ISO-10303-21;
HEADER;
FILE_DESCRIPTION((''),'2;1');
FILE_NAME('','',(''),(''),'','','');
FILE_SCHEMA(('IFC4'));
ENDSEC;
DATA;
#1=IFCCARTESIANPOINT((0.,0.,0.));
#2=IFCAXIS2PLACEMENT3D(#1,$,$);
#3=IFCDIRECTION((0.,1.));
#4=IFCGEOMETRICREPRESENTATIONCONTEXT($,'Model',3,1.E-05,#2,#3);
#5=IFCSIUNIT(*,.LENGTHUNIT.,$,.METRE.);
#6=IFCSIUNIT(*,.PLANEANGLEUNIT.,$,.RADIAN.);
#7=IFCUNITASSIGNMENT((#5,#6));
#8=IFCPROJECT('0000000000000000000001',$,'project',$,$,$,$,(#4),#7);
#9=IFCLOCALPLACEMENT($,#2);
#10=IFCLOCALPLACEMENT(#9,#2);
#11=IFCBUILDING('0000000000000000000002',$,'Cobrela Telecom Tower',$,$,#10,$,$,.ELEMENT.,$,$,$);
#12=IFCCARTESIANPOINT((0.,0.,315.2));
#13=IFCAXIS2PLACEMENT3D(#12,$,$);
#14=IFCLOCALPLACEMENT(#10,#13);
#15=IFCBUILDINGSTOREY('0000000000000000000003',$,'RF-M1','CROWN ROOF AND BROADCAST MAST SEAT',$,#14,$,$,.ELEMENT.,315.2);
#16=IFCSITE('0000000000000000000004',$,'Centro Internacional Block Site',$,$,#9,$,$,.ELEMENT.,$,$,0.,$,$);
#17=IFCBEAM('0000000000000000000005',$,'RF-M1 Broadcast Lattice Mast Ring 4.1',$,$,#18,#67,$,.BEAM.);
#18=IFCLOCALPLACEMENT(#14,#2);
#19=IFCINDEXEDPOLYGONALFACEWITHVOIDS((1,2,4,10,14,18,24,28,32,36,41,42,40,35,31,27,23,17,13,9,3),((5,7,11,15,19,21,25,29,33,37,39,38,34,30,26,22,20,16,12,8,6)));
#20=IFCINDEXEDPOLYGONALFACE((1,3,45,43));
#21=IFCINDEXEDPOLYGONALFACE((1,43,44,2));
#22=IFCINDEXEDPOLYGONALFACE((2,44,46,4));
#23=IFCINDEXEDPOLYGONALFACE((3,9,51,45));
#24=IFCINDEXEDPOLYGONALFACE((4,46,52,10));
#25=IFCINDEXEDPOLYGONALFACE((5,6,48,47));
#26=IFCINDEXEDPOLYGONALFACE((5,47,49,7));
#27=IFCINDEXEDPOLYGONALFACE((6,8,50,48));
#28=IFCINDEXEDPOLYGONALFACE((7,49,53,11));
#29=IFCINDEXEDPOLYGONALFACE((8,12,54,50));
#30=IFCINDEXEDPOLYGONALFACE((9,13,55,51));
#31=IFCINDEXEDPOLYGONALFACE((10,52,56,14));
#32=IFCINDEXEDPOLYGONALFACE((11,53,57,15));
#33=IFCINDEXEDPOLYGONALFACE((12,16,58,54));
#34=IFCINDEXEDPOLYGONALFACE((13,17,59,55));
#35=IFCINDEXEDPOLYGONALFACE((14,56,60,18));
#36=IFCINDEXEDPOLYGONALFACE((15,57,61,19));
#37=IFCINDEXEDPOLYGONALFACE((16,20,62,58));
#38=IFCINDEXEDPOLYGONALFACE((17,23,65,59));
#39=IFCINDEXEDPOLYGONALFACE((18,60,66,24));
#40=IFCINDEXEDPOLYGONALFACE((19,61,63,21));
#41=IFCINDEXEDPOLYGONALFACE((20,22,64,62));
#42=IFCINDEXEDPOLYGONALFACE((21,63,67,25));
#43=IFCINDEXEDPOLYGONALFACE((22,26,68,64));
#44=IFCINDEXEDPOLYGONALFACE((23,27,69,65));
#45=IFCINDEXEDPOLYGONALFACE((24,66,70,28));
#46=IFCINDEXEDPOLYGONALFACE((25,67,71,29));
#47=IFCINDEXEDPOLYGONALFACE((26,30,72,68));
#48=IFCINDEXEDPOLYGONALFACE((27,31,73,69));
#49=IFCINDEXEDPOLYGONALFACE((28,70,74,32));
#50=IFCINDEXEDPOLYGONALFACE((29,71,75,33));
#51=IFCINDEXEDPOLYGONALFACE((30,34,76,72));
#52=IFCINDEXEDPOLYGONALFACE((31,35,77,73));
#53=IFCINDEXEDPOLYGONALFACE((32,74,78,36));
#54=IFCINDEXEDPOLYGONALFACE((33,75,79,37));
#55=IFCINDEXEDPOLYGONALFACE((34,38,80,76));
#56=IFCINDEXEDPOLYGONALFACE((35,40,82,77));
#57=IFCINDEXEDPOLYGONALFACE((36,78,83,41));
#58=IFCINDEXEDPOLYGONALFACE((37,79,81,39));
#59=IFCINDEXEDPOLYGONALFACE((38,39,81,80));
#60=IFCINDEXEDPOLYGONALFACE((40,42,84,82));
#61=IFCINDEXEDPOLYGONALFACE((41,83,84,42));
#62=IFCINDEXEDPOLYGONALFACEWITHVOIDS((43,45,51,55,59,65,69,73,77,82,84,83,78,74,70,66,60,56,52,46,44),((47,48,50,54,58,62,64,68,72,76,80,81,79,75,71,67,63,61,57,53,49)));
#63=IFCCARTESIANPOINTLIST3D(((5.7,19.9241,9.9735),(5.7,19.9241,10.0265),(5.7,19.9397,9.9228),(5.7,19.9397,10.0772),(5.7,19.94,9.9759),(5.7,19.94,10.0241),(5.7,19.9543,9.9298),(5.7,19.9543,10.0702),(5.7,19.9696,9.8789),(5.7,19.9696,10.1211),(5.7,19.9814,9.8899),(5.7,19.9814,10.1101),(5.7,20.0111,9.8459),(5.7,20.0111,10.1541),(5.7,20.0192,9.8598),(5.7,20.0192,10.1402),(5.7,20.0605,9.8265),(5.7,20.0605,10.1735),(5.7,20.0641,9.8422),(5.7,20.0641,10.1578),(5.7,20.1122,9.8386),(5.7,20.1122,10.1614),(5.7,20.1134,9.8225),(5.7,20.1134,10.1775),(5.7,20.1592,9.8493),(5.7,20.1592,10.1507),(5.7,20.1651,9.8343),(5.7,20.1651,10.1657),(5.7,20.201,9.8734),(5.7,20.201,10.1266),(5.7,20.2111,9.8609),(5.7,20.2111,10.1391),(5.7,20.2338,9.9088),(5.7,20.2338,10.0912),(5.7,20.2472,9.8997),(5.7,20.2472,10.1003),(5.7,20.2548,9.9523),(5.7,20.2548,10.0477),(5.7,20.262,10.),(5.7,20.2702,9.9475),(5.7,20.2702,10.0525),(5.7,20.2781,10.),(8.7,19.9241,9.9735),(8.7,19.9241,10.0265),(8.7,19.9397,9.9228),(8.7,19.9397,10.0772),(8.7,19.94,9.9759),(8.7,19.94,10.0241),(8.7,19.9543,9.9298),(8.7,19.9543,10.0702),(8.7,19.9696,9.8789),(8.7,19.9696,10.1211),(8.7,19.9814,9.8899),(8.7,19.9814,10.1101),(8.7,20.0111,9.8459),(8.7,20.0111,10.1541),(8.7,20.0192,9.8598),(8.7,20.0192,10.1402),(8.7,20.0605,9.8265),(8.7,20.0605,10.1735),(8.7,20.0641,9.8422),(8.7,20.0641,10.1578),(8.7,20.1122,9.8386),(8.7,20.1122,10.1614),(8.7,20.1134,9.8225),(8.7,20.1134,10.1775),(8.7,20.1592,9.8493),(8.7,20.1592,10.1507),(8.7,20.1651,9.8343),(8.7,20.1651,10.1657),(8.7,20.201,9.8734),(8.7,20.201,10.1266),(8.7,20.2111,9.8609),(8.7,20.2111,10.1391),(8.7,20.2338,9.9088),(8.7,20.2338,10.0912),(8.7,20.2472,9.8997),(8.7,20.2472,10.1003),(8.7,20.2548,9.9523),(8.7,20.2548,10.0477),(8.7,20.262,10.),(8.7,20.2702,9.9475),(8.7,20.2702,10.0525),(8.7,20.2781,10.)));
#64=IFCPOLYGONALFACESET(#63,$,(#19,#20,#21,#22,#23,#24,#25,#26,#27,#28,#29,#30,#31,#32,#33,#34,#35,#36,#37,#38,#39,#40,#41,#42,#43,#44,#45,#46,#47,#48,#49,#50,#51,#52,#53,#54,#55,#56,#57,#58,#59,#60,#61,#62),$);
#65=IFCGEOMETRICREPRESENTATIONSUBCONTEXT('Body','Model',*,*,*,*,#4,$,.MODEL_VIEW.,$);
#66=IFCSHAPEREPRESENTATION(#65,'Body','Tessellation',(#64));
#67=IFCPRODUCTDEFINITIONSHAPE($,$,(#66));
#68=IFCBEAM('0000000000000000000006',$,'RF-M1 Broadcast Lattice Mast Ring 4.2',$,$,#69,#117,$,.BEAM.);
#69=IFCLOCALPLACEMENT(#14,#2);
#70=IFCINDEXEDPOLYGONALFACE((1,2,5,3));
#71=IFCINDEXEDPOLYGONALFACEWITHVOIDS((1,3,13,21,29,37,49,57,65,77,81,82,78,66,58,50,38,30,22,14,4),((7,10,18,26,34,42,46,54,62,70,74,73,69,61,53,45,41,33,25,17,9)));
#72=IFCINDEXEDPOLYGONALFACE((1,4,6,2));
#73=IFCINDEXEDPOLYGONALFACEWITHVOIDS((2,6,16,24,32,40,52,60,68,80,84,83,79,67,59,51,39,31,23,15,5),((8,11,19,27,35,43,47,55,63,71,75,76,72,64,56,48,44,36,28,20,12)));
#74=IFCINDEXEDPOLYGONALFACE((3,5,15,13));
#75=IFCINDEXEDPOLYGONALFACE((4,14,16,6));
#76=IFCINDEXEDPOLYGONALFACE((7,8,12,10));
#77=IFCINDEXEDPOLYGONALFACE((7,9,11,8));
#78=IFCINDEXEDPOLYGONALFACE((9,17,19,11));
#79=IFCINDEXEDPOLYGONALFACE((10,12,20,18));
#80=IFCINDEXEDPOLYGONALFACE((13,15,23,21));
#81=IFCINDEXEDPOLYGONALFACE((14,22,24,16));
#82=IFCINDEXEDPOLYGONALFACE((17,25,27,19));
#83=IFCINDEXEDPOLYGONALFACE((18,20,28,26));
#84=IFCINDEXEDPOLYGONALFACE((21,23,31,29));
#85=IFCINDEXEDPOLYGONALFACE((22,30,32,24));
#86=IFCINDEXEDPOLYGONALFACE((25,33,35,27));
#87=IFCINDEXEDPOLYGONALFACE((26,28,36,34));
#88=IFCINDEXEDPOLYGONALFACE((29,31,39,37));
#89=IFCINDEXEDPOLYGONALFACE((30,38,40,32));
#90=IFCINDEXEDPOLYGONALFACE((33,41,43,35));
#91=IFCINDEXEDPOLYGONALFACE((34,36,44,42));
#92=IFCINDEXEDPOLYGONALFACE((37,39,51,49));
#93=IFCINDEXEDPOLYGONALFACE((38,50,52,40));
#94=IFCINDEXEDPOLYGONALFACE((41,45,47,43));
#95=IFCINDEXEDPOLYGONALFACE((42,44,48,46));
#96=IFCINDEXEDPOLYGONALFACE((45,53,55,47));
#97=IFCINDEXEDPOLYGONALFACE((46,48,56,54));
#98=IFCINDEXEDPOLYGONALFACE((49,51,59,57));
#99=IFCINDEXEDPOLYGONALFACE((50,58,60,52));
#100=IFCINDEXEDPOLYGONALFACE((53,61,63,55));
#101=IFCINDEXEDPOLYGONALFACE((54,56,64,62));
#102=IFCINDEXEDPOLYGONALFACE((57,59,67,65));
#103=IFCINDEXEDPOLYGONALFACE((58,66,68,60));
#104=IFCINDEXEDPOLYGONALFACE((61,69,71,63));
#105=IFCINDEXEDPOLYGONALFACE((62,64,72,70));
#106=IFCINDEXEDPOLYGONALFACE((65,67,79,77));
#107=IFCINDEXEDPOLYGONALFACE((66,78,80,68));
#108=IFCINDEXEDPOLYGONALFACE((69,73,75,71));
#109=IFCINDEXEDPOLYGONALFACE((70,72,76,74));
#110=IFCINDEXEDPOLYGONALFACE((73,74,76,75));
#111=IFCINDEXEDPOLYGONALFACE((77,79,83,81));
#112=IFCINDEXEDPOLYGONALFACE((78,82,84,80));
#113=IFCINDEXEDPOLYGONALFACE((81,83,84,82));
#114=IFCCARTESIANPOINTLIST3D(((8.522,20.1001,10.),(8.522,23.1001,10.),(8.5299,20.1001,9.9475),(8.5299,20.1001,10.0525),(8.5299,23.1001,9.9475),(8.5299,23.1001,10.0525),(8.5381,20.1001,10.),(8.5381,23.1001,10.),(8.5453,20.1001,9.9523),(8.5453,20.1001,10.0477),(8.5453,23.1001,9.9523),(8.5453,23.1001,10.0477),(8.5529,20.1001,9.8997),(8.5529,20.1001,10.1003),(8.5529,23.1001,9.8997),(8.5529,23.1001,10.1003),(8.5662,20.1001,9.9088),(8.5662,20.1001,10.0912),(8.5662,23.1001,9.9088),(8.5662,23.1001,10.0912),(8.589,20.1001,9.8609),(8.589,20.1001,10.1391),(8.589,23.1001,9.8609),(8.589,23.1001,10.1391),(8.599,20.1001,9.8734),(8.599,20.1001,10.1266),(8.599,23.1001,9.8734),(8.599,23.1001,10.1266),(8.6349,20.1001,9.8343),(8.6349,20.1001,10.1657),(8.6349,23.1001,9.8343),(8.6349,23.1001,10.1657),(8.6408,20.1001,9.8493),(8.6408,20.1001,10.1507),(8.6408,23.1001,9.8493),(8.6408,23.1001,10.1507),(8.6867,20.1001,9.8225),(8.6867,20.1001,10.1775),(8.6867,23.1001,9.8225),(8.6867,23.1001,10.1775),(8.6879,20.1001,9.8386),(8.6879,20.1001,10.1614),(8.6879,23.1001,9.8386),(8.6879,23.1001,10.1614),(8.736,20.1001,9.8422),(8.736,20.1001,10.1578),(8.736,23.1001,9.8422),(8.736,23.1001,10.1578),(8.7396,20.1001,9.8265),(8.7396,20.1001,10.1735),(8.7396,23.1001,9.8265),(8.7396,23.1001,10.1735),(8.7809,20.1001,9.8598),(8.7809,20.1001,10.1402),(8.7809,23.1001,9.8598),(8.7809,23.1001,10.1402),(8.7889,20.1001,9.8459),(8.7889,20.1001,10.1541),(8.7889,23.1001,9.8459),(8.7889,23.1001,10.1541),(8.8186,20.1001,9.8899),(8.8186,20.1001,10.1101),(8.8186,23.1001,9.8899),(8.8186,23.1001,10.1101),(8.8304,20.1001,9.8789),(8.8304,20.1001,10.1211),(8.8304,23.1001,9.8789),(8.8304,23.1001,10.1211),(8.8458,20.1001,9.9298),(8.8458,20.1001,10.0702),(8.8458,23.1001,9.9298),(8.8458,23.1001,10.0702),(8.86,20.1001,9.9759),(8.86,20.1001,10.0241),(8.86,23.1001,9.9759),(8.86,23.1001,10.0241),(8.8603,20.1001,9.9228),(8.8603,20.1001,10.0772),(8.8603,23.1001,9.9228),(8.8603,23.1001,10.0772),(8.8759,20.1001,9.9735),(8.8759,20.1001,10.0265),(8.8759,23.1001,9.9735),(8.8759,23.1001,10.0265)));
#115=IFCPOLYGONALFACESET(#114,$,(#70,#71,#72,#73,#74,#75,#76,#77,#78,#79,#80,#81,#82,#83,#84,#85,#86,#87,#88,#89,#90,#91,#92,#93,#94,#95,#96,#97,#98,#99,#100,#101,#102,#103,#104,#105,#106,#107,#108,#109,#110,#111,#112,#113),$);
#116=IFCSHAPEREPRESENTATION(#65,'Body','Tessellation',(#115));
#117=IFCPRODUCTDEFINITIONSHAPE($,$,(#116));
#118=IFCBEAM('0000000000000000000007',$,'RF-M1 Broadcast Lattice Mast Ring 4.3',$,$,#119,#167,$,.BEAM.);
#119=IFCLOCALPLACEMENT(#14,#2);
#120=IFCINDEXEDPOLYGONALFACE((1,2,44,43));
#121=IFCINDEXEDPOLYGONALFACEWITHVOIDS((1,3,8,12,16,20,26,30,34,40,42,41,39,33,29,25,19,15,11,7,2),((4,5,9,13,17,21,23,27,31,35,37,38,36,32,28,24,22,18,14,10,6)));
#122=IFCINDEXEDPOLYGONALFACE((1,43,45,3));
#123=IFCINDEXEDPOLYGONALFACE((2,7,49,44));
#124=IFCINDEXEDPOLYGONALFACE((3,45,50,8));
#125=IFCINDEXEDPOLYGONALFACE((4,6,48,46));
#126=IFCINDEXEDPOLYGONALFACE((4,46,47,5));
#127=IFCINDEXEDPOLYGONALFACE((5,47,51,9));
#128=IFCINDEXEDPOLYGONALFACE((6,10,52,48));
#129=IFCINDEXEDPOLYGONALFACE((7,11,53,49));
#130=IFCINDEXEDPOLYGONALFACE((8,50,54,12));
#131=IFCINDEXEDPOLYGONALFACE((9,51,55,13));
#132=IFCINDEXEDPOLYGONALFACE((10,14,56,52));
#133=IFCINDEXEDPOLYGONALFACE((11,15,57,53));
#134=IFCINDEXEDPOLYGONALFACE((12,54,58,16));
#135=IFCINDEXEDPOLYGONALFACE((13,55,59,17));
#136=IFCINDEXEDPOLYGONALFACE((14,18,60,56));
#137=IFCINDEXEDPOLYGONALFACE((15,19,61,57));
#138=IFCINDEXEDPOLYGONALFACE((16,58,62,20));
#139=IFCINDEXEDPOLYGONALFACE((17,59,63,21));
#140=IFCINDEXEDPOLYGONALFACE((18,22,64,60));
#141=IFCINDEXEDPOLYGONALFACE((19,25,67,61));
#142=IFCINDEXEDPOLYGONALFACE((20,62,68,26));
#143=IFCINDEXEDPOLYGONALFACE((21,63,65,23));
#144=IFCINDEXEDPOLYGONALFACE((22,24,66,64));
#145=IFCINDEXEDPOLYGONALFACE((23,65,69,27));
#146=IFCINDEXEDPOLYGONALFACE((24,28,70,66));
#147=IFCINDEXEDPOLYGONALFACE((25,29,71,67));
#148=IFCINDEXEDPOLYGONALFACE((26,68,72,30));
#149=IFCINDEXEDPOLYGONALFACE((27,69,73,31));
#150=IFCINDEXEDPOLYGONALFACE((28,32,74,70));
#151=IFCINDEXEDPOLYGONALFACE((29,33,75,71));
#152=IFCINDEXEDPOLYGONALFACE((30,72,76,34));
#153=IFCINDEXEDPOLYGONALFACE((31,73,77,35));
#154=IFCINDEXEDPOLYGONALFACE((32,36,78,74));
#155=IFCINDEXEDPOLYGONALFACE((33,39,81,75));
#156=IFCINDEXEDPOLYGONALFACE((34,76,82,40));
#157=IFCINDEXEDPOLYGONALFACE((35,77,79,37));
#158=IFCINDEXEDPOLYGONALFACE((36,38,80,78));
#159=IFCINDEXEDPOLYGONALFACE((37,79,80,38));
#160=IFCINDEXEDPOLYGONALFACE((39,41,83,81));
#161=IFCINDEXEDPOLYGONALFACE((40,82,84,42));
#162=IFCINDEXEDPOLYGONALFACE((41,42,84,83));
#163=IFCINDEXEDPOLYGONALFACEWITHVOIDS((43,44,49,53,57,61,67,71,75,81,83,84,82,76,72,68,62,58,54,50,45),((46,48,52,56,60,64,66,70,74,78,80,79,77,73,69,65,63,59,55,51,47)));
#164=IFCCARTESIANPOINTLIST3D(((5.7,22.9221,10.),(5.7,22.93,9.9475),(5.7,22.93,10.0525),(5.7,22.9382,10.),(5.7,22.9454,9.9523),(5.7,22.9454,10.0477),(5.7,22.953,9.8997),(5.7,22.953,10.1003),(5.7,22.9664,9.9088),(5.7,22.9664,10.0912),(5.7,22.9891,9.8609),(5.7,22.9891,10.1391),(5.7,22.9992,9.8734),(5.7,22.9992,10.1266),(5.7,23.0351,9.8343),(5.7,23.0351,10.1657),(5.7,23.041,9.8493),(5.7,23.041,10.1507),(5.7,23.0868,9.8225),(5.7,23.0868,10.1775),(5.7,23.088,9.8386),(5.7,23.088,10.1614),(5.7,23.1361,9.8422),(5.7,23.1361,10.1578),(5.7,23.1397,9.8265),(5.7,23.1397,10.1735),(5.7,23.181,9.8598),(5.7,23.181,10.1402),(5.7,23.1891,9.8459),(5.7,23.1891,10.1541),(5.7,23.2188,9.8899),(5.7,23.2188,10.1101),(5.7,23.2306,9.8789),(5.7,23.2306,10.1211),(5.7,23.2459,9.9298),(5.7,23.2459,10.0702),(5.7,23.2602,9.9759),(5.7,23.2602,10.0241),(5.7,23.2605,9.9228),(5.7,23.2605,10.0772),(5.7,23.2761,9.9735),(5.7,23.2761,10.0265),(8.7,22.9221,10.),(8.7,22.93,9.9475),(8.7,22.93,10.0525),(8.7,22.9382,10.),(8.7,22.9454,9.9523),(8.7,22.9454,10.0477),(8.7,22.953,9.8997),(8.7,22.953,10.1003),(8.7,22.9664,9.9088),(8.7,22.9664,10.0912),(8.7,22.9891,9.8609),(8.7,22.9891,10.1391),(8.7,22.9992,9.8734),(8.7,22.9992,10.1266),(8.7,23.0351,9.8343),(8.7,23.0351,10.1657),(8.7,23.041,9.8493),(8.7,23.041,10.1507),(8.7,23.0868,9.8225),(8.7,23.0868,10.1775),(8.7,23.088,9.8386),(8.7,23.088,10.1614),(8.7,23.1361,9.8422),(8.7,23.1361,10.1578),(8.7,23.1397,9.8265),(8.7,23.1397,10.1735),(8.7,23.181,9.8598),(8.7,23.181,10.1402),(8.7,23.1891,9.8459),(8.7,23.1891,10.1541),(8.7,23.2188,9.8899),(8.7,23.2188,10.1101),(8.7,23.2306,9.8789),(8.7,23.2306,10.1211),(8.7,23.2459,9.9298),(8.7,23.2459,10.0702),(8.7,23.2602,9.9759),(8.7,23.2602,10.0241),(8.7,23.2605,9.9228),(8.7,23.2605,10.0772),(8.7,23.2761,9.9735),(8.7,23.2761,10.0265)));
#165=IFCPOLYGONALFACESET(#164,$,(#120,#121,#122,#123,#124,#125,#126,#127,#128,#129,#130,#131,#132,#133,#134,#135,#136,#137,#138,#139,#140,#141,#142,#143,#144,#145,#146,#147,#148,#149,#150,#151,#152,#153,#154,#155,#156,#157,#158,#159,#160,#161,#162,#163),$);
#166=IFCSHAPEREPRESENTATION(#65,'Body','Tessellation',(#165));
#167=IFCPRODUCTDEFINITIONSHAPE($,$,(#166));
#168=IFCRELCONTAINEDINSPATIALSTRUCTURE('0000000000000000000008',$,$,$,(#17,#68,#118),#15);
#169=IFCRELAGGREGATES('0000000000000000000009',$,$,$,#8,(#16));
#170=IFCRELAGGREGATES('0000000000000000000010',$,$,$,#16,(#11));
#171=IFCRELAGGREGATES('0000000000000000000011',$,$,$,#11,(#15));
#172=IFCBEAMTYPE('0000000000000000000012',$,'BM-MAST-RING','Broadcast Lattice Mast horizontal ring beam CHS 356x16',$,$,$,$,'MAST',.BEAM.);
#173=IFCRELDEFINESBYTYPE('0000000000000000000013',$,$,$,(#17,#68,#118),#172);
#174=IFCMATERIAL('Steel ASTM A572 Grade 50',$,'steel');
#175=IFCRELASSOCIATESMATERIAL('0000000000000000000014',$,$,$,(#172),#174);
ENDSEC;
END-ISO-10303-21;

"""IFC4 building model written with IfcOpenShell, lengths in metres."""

from ifc_helpers import new_model, si_unit, direction, frame, origin, origin_2d, place, context, subcontext, project, spatial, hollow_circle, extrude, material, material_profile, profile_set, type_object, element, save


model = new_model("IFC4")

# Units and contexts
model_context = context("Model", 3, precision=1e-05, world=origin(), true_north=direction((0.0, 1.0)))
body_context = subcontext(model_context, "Body", "Model", "MODEL_VIEW")
ifc_project = project(units=[si_unit("LENGTHUNIT", "METRE"), si_unit("PLANEANGLEUNIT", "RADIAN")], contexts=[model_context])

# Site, building, storey
site_placement = place(None, origin())
site = spatial("IfcSite", under=ifc_project, at=site_placement, Name="Centro Internacional Block Site", CompositionType="ELEMENT", RefElevation=0.0)
building_placement = place(site_placement, origin())
building = spatial("IfcBuilding", under=site, at=building_placement, Name="Cobrela Telecom Tower", CompositionType="ELEMENT")
storey_placement = place(building_placement, frame((0.0, 0.0, 315.2)))
storey = spatial("IfcBuildingStorey", under=building, at=storey_placement, Name="RF-M1", Description="CROWN ROOF AND BROADCAST MAST SEAT", CompositionType="ELEMENT", Elevation=315.2)

# Beams
ifc_material = material(Name="Steel ASTM A572 Grade 50", Category="steel")
ifc_material_profile_1 = material_profile(ifc_material, hollow_circle(Radius=0.178, WallThickness=0.0161, at=origin_2d()), Name="CHS 356x16")
ifc_profile_set_1 = profile_set([ifc_material_profile_1], Name="Steel ASTM A572 Grade 50")
beam_type = type_object("IfcBeamType", Name="BM-MAST-RING", Description="Broadcast Lattice Mast horizontal ring beam CHS 356x16", ElementType="MAST", PredefinedType="BEAM", material=ifc_profile_set_1)
for number, where, z_axis, x_axis, name in (
    (1, (5.7, 20.1001, 10.0), (1.0, 0.0, 0.0), (0.0, 1.0, 0.0), "RF-M1 Broadcast Lattice Mast Ring 4.1"),
    (2, (8.7, 20.1001, 10.0), (0.0, 1.0, 0.0), (-1.0, 0.0, 0.0), "RF-M1 Broadcast Lattice Mast Ring 4.2"),
    (3, (8.7, 23.1001, 10.0), (-1.0, 0.0, 0.0), (0.0, -1.0, 0.0), "RF-M1 Broadcast Lattice Mast Ring 4.3"),
):
    element("IfcBeam", number, at=place(storey_placement, frame(where, z_axis=z_axis, x_axis=x_axis)), inside=storey, type_object=beam_type, Name=name, PredefinedType="BEAM", context=body_context, shape_type="SweptSolid", body=[
        extrude(hollow_circle(Radius=0.178, WallThickness=0.0161, at=origin_2d()), origin(), (0.0, 0.0, 1.0), 3.0),
    ])

save(model, "model.ifc")
